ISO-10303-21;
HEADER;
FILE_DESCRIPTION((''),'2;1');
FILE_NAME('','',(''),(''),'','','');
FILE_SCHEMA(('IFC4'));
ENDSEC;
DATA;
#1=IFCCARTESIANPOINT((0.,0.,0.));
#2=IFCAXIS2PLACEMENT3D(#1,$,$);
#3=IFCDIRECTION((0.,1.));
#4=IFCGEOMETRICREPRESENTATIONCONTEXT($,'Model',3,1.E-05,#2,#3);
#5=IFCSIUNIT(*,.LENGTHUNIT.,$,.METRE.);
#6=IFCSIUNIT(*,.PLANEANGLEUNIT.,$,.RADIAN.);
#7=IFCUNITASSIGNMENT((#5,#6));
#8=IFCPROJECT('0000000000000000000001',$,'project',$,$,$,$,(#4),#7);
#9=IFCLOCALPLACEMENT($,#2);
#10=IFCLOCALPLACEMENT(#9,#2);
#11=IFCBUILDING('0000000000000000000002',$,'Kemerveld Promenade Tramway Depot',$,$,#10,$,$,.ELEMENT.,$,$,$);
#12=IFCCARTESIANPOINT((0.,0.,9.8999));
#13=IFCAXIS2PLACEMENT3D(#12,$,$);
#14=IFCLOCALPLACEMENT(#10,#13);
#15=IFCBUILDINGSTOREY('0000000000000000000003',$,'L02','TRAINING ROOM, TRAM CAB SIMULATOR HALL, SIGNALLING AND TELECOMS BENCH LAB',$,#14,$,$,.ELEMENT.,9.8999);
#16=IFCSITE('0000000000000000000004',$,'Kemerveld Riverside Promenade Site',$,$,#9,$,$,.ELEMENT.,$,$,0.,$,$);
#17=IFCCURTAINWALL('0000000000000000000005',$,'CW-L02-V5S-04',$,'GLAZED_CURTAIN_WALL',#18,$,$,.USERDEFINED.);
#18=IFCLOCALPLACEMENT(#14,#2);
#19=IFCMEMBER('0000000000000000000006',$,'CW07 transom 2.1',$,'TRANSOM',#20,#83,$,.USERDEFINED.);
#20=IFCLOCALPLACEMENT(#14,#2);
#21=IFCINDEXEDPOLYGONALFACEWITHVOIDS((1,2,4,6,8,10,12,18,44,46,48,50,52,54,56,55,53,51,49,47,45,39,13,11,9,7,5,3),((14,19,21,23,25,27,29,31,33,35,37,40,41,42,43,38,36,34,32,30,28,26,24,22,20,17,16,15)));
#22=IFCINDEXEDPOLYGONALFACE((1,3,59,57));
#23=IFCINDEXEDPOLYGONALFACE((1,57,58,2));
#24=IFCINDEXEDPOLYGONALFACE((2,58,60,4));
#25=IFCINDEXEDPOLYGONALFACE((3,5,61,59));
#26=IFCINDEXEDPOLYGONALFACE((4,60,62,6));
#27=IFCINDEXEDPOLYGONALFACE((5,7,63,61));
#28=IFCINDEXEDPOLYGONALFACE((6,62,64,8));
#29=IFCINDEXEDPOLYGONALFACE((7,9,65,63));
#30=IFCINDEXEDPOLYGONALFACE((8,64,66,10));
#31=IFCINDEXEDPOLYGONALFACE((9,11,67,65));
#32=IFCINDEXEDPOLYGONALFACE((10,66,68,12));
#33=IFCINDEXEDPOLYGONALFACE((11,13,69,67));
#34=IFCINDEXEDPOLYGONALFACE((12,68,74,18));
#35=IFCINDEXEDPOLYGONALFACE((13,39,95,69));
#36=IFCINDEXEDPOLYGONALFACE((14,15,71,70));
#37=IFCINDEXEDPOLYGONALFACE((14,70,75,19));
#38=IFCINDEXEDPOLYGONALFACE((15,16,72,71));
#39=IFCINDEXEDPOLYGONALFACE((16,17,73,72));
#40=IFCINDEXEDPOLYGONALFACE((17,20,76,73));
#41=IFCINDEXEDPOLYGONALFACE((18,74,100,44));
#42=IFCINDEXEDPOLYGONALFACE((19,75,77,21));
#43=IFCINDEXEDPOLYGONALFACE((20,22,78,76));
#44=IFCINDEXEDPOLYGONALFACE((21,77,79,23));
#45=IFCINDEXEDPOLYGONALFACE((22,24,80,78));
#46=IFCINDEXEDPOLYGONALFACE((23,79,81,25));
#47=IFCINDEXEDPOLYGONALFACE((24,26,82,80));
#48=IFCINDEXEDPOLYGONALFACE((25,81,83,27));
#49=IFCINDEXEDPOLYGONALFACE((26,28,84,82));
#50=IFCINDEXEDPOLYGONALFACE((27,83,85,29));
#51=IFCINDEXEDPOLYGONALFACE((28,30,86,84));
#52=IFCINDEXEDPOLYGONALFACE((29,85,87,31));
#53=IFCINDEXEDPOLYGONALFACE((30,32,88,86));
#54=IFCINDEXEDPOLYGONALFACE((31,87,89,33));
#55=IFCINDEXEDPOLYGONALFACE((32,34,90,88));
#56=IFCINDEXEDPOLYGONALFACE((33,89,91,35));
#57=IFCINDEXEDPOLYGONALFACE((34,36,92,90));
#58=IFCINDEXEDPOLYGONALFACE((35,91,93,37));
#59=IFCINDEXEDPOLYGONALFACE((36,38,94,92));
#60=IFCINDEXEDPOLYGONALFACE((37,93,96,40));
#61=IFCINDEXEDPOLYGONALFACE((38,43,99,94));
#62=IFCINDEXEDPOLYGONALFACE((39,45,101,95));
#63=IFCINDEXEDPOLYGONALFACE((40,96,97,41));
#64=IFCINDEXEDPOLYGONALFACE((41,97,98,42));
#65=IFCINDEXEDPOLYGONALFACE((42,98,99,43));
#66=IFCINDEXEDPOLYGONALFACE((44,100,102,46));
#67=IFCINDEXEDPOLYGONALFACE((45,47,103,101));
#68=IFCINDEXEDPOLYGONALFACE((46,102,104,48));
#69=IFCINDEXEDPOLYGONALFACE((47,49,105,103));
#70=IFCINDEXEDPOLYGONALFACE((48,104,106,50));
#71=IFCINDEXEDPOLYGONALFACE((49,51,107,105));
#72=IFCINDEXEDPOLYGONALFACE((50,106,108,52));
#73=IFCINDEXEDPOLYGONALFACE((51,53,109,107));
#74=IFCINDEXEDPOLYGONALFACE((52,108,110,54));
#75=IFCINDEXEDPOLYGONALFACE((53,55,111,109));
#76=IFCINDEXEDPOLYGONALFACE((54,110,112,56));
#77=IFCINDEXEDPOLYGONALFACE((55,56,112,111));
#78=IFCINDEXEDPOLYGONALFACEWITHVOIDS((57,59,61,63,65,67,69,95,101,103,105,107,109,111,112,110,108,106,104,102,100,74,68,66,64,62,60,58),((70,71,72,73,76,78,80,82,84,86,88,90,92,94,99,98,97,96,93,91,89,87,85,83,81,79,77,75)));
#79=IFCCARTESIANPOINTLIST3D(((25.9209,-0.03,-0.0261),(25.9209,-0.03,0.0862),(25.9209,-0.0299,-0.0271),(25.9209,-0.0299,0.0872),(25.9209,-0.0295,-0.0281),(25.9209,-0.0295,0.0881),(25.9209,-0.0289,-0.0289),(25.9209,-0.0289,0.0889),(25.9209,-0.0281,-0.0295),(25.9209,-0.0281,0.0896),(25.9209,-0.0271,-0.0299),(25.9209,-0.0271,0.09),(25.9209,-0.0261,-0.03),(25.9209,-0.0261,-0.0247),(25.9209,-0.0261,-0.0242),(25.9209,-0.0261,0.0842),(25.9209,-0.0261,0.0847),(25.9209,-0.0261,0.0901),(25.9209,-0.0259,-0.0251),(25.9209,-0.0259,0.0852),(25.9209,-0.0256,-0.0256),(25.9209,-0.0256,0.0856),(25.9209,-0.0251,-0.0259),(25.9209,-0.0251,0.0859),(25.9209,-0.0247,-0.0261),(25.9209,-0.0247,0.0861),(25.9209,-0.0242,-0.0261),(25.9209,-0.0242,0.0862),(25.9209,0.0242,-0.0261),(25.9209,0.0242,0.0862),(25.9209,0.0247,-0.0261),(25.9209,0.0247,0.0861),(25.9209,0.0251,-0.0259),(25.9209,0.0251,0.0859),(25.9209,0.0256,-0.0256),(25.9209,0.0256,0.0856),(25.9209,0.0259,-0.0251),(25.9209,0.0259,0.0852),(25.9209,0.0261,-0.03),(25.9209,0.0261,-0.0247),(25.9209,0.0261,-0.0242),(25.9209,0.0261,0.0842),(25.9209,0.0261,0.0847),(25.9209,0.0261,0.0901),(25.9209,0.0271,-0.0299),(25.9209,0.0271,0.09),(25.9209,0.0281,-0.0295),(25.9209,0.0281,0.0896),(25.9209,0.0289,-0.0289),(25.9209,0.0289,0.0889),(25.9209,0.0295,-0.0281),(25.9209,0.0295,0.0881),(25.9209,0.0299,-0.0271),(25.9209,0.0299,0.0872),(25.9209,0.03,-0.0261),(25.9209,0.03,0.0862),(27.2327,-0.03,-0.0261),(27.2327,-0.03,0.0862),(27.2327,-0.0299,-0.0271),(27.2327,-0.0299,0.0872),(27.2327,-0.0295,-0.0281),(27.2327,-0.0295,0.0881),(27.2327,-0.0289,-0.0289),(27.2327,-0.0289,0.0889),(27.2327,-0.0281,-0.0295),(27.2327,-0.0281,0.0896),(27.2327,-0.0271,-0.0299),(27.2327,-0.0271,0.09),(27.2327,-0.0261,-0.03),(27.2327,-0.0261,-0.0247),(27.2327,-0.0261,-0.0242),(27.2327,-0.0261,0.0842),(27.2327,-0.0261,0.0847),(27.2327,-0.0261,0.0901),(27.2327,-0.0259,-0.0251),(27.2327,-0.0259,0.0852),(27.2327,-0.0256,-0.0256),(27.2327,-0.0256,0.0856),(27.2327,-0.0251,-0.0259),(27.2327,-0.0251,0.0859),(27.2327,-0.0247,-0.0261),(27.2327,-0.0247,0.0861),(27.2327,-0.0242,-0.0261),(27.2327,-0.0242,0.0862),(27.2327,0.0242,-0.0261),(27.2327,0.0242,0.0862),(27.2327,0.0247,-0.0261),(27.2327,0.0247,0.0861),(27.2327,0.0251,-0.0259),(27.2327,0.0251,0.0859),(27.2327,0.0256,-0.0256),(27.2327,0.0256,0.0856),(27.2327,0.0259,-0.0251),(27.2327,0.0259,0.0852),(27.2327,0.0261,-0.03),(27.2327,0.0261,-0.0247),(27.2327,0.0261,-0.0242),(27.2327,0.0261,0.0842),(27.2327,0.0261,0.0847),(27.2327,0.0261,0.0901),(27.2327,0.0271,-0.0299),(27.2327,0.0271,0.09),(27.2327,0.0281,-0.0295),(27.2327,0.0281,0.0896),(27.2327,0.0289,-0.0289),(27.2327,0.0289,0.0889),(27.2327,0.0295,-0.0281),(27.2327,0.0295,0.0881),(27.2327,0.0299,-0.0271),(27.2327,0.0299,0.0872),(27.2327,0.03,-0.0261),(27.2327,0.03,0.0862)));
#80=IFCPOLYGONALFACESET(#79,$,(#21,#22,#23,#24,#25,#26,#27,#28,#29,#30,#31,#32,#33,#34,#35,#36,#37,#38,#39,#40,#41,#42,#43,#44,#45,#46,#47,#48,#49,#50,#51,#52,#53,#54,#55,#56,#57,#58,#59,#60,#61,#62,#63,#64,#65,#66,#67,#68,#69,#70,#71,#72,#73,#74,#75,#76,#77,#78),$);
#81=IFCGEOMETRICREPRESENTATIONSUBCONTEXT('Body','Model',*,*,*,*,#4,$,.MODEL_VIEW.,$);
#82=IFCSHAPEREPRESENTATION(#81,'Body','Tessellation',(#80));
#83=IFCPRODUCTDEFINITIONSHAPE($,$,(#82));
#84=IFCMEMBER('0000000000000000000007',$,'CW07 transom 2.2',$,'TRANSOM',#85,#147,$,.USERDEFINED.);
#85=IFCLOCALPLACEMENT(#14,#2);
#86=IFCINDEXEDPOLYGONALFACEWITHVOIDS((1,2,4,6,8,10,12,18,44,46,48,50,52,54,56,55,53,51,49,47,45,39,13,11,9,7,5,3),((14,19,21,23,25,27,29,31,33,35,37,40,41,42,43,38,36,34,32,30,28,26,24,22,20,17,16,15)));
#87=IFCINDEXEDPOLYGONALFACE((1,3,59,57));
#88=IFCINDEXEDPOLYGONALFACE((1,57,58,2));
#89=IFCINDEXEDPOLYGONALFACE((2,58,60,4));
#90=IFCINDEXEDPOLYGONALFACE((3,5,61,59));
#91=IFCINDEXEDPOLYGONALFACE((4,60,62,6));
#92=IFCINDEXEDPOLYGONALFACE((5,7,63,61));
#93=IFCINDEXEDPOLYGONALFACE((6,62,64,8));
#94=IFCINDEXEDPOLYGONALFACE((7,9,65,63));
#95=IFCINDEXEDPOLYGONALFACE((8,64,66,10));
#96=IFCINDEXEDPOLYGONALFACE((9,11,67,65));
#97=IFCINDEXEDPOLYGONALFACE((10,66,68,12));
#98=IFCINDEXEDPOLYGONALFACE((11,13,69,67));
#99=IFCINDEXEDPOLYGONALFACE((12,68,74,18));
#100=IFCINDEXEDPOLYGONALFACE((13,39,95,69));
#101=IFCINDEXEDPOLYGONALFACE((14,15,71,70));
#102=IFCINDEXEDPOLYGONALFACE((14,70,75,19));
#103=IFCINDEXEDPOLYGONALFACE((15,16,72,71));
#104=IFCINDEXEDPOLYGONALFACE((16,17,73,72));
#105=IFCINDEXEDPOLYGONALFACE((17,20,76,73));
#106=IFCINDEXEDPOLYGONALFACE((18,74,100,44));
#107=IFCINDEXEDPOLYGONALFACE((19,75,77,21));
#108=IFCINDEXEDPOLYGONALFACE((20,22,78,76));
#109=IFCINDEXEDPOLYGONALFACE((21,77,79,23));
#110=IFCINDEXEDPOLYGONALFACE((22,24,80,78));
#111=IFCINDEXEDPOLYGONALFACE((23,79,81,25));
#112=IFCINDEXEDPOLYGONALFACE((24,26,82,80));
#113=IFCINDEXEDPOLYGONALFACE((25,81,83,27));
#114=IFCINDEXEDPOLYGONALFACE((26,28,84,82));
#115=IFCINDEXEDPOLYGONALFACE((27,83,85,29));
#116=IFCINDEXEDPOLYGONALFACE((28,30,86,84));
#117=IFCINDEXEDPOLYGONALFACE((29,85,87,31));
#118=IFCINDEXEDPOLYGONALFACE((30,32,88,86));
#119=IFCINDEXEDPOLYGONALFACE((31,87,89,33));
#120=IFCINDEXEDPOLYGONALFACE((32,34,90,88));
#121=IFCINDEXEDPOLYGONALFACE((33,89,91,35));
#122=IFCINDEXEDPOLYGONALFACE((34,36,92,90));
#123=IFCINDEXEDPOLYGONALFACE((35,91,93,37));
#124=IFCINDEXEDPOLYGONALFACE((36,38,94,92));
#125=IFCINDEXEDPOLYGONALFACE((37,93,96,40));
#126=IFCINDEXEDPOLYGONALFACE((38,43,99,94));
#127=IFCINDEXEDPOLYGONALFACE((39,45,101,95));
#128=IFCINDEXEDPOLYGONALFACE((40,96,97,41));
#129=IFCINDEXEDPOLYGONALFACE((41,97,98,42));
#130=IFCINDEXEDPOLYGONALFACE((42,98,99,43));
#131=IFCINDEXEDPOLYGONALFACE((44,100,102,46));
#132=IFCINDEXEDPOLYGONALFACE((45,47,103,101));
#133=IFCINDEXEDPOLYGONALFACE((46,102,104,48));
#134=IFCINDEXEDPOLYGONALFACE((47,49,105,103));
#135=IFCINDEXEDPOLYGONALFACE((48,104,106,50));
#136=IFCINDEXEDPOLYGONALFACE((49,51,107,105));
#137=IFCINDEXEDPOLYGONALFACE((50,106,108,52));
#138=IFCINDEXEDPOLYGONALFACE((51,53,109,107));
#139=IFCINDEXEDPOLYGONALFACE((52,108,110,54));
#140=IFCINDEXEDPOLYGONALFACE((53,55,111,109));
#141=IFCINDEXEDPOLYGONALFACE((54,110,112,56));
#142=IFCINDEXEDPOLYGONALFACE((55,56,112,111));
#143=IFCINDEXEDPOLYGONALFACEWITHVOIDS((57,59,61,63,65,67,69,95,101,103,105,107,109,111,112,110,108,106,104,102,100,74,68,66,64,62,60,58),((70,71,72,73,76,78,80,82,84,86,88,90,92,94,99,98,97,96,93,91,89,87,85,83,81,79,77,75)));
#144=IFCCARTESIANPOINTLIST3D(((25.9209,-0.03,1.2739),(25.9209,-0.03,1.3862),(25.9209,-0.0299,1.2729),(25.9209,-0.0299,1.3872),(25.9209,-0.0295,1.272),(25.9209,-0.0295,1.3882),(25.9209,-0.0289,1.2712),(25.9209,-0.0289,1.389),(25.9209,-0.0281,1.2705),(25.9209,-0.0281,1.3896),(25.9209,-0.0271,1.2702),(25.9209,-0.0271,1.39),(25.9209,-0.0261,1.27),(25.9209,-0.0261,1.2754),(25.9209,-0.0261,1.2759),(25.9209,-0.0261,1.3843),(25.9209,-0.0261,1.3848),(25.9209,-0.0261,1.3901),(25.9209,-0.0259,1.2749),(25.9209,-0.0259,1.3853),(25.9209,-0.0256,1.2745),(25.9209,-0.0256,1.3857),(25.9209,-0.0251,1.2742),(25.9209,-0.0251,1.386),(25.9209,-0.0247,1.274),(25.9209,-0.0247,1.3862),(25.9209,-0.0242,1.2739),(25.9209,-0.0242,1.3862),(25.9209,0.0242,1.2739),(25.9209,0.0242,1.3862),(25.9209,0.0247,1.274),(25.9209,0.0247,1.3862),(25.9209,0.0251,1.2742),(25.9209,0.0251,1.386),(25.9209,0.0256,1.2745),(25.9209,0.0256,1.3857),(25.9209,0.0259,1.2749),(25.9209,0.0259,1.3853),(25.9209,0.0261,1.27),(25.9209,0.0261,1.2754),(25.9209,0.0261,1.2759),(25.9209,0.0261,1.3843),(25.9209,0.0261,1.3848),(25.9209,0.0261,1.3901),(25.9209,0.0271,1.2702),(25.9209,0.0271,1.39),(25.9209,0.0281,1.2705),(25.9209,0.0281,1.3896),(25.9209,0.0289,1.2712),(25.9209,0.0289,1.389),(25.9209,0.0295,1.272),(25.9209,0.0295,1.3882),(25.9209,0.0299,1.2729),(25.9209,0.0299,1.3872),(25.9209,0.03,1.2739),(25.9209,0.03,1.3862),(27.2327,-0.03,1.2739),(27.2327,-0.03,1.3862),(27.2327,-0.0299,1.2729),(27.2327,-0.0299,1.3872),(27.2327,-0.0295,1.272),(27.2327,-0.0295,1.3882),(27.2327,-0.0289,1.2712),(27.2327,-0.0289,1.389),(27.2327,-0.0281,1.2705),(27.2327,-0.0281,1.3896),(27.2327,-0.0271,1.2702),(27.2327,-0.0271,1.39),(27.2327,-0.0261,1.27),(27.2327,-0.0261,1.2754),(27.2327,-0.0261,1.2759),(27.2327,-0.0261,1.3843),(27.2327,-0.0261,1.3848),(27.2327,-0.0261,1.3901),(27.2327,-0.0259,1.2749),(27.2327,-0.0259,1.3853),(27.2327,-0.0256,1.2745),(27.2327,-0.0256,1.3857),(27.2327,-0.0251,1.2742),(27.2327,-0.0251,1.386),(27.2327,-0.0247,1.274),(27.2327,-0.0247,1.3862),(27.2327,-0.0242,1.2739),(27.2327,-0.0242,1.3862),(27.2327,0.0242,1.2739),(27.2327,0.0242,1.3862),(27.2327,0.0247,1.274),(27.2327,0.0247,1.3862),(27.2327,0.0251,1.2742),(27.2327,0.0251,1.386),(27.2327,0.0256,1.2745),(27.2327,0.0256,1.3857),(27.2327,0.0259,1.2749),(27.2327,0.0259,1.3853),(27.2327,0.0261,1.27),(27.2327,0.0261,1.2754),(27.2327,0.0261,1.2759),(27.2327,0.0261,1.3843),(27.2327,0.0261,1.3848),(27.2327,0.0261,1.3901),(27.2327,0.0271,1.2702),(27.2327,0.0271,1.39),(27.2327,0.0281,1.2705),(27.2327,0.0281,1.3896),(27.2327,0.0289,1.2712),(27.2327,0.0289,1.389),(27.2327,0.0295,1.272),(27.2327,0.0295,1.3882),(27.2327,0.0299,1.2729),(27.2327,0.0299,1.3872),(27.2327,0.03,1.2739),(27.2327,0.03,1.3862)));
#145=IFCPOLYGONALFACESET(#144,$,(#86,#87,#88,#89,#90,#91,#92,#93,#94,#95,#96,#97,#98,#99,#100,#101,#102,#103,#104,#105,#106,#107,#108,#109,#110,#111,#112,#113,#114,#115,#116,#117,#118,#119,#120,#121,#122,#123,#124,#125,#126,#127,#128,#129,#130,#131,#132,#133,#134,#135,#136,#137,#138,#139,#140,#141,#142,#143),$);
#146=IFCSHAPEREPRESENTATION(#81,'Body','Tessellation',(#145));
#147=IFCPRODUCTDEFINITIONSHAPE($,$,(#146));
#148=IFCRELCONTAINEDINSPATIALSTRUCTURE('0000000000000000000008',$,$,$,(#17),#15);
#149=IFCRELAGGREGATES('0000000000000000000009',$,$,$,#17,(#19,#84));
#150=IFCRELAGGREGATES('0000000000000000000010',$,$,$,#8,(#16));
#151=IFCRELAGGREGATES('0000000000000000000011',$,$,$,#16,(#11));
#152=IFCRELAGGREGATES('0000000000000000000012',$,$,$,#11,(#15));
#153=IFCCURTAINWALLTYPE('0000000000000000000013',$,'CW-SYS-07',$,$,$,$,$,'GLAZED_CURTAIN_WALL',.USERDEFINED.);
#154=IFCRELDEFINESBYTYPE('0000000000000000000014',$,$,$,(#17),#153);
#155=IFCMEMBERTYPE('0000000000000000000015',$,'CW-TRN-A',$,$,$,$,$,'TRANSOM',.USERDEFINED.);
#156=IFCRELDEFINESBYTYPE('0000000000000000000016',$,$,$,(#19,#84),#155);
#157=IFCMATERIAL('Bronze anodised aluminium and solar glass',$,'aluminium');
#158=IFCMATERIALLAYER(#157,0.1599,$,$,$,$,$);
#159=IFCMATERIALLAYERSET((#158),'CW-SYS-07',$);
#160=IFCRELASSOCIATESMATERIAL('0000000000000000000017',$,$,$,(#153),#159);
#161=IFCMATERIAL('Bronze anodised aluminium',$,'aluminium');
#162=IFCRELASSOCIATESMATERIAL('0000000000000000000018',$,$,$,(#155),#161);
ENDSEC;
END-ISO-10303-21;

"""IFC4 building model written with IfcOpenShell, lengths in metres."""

from ifc_helpers import new_model, si_unit, direction, frame, origin, origin_2d, place, context, subcontext, project, spatial, hollow_rectangle, extrude, material, layer, layer_set, material_profile, profile_set, type_object, element, aggregate, save


model = new_model("IFC4")

# Units and contexts
model_context = context("Model", 3, precision=1e-05, world=origin(), true_north=direction((0.0, 1.0)))
body_context = subcontext(model_context, "Body", "Model", "MODEL_VIEW")
ifc_project = project(units=[si_unit("LENGTHUNIT", "METRE"), si_unit("PLANEANGLEUNIT", "RADIAN")], contexts=[model_context])

# Site, building, storey
site_placement = place(None, origin())
site = spatial("IfcSite", under=ifc_project, at=site_placement, Name="Kemerveld Riverside Promenade Site", CompositionType="ELEMENT", RefElevation=0.0)
building_placement = place(site_placement, origin())
building = spatial("IfcBuilding", under=site, at=building_placement, Name="Kemerveld Promenade Tramway Depot", CompositionType="ELEMENT")
storey_placement = place(building_placement, frame((0.0, 0.0, 9.8999)))
storey = spatial("IfcBuildingStorey", under=building, at=storey_placement, Name="L02", Description="TRAINING ROOM, TRAM CAB SIMULATOR HALL, SIGNALLING AND TELECOMS BENCH LAB", CompositionType="ELEMENT", Elevation=9.8999)

# Curtain wall, members
ifc_material_1 = material(Name="Bronze anodised aluminium and solar glass", Category="aluminium")
ifc_layer_1 = layer(ifc_material_1, 0.1599)
ifc_layer_set_1 = layer_set([ifc_layer_1], Name="CW-SYS-07")
curtain_wall_type = type_object("IfcCurtainWallType", Name="CW-SYS-07", ElementType="GLAZED_CURTAIN_WALL", PredefinedType="USERDEFINED", material=ifc_layer_set_1)
curtain_wall_placement = place(storey_placement, origin())
curtain_wall = element("IfcCurtainWall", 1, at=curtain_wall_placement, inside=storey, type_object=curtain_wall_type, Name="CW-L02-V5S-04", ObjectType="GLAZED_CURTAIN_WALL", PredefinedType="USERDEFINED")
ifc_material_2 = material(Name="Bronze anodised aluminium", Category="aluminium")
ifc_material_profile_1 = material_profile(ifc_material_2, hollow_rectangle(XDim=0.0601, YDim=0.1201, WallThickness=0.0039, InnerFilletRadius=0.002, OuterFilletRadius=0.0039, at=origin_2d()), Name="CW-TRN-120x60")
ifc_profile_set_1 = profile_set([ifc_material_profile_1], Name="Bronze anodised aluminium")
member_type_1 = type_object("IfcMemberType", Name="CW-TRN-A", ElementType="TRANSOM", PredefinedType="USERDEFINED", material=ifc_profile_set_1)
member_1_placement = place(storey_placement, frame((27.2327, 0.0, 0.03), z_axis=(-1.0, 0.0, 0.0), x_axis=(0.0, -1.0, 0.0)))
member_1 = element("IfcMember", 2, at=member_1_placement, type_object=member_type_1, Name="CW07 transom 2.1", ObjectType="TRANSOM", PredefinedType="USERDEFINED", context=body_context, shape_type="SweptSolid", body=[
    extrude(hollow_rectangle(XDim=0.0601, YDim=0.1201, WallThickness=0.0039, InnerFilletRadius=0.002, OuterFilletRadius=0.0039, at=origin_2d()), origin(), (0.0, 0.0, 1.0), 1.3118),
])
member_2_placement = place(storey_placement, frame((27.2327, 0.0, 1.3301), z_axis=(-1.0, 0.0, 0.0), x_axis=(0.0, -1.0, 0.0)))
member_2 = element("IfcMember", 3, at=member_2_placement, type_object=member_type_1, Name="CW07 transom 2.2", ObjectType="TRANSOM", PredefinedType="USERDEFINED", context=body_context, shape_type="SweptSolid", body=[
    extrude(hollow_rectangle(XDim=0.0601, YDim=0.1201, WallThickness=0.0039, InnerFilletRadius=0.002, OuterFilletRadius=0.0039, at=origin_2d()), origin(), (0.0, 0.0, 1.0), 1.3118),
])
aggregate(curtain_wall, [member_1, member_2])

save(model, "model.ifc")
